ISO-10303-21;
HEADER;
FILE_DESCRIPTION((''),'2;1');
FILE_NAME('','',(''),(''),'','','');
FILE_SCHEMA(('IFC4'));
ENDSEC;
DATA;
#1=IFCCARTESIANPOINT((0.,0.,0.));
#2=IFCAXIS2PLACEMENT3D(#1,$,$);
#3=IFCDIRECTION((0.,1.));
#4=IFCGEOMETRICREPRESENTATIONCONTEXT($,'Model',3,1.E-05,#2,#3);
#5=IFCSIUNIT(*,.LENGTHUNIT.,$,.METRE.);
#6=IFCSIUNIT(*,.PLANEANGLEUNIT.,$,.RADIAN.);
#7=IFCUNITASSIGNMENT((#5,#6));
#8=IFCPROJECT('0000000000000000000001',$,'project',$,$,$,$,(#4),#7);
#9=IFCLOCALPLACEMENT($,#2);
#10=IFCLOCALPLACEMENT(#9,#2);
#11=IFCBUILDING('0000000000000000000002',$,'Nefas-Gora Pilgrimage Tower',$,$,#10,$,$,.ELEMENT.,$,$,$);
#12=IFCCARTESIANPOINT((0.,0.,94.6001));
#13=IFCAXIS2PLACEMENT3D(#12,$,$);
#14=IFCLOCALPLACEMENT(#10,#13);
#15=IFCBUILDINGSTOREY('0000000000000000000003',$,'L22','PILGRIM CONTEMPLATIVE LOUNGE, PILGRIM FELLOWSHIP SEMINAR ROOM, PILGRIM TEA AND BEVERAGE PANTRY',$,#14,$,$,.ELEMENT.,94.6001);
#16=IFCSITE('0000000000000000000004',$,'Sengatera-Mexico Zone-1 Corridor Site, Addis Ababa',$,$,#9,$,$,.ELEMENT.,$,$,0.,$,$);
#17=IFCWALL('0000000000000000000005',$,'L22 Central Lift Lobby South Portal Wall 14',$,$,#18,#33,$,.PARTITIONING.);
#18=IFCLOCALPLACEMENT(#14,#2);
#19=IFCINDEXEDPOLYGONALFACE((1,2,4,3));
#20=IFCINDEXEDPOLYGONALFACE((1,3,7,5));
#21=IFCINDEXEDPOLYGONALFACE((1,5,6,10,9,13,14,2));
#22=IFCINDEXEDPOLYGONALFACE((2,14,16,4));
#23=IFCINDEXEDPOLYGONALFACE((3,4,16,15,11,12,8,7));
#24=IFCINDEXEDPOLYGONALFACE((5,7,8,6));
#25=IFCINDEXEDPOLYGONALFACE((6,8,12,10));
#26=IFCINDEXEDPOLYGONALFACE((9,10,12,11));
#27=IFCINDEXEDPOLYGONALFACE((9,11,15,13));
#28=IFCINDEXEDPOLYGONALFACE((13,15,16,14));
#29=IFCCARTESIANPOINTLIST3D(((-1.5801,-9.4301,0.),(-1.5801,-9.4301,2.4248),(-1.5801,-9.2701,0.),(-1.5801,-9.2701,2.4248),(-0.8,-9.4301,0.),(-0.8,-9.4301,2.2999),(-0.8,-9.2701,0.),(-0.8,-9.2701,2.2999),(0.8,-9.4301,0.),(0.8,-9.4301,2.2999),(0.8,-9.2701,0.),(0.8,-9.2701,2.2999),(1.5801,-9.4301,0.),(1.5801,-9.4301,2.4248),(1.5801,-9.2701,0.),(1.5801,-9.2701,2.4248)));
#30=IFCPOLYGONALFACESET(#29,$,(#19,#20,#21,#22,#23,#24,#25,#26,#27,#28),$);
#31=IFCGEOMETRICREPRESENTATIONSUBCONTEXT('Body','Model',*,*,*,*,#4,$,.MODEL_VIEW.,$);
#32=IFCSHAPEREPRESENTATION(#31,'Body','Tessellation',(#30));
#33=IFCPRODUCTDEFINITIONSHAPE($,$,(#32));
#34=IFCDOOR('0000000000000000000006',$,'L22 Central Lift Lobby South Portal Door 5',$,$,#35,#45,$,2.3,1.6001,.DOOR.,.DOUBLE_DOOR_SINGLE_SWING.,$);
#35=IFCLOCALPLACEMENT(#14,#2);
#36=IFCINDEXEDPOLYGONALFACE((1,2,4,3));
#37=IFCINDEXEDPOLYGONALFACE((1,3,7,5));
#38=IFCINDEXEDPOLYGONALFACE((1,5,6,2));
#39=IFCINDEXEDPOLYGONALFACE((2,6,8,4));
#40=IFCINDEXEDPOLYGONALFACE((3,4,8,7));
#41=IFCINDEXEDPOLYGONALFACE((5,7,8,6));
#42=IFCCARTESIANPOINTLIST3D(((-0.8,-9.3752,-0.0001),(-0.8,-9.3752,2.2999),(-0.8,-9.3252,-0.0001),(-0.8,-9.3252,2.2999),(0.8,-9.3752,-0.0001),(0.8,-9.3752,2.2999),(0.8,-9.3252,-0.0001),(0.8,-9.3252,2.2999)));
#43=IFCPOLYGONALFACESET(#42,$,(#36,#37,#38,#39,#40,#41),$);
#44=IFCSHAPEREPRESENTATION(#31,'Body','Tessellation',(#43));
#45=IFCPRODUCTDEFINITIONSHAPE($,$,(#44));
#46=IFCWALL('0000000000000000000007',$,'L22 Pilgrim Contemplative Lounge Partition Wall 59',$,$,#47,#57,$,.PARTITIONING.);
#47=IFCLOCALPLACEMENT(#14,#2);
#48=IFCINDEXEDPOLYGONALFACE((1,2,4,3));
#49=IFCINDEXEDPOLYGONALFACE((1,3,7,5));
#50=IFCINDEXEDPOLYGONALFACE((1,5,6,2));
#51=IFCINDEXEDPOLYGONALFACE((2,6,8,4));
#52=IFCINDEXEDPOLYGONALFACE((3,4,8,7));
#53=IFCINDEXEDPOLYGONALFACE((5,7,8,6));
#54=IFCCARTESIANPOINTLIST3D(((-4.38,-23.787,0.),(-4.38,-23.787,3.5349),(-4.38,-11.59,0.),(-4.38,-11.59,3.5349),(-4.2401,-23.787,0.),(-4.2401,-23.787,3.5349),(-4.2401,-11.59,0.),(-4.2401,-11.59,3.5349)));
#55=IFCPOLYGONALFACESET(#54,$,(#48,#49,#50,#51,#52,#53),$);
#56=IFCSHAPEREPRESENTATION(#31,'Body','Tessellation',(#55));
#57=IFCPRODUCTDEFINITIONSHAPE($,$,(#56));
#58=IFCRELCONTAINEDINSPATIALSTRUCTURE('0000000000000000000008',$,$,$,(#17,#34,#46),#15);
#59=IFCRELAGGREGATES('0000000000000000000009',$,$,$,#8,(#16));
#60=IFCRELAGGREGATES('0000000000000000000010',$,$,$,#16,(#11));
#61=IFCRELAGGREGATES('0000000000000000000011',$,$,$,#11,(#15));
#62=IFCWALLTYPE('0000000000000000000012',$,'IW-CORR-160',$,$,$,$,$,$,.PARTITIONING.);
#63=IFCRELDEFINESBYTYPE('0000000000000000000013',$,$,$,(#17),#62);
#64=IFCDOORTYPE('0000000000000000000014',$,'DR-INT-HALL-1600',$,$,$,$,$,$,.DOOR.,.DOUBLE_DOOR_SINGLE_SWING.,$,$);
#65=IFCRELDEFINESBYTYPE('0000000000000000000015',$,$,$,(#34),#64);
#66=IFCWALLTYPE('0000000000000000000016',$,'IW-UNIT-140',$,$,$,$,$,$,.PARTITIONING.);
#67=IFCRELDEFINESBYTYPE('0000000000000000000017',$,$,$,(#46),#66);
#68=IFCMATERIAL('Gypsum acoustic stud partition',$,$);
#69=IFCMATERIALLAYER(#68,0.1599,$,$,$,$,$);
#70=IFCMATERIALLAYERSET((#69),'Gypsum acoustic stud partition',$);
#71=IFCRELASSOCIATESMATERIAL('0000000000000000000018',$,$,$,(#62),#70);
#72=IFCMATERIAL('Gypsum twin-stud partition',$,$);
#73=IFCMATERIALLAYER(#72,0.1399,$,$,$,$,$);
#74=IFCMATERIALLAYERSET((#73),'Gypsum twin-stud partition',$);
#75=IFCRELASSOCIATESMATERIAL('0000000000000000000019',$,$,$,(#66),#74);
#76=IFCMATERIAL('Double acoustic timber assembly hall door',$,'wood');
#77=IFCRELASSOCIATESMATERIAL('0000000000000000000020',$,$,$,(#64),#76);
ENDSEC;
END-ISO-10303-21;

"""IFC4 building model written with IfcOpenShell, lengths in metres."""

from ifc_helpers import new_model, si_unit, direction, frame, frame_2d, origin, place, context, subcontext, project, spatial, rectangle, extrude, source, transform, mapped, material, layer, layer_set, type_object, element, fill, save


model = new_model("IFC4")

# Units and contexts
model_context = context("Model", 3, precision=1e-05, world=origin(), true_north=direction((0.0, 1.0)))
body_context = subcontext(model_context, "Body", "Model", "MODEL_VIEW")
ifc_project = project(units=[si_unit("LENGTHUNIT", "METRE"), si_unit("PLANEANGLEUNIT", "RADIAN")], contexts=[model_context])

# Site, building, storey
site_placement = place(None, origin())
site = spatial("IfcSite", under=ifc_project, at=site_placement, Name="Sengatera-Mexico Zone-1 Corridor Site, Addis Ababa", CompositionType="ELEMENT", RefElevation=0.0)
building_placement = place(site_placement, origin())
building = spatial("IfcBuilding", under=site, at=building_placement, Name="Nefas-Gora Pilgrimage Tower", CompositionType="ELEMENT")
storey_placement = place(building_placement, frame((0.0, 0.0, 94.6001)))
storey = spatial("IfcBuildingStorey", under=building, at=storey_placement, Name="L22", Description="PILGRIM CONTEMPLATIVE LOUNGE, PILGRIM FELLOWSHIP SEMINAR ROOM, PILGRIM TEA AND BEVERAGE PANTRY", CompositionType="ELEMENT", Elevation=94.6001)

# Shared definitions
ifc_material_1 = material(Name="Gypsum acoustic stud partition")
ifc_layer_1 = layer(ifc_material_1, 0.1599)
ifc_layer_set_1 = layer_set([ifc_layer_1], Name="Gypsum acoustic stud partition")
wall_type_1 = type_object("IfcWallType", Name="IW-CORR-160", PredefinedType="PARTITIONING", material=ifc_layer_set_1)

# Shared definitions
ifc_material_2 = material(Name="Gypsum twin-stud partition")
ifc_layer_2 = layer(ifc_material_2, 0.1399)
ifc_layer_set_2 = layer_set([ifc_layer_2], Name="Gypsum twin-stud partition")
wall_type_2 = type_object("IfcWallType", Name="IW-UNIT-140", PredefinedType="PARTITIONING", material=ifc_layer_set_2)

# Wall, opening, door
shared_shape_1 = source(origin(), body_context, "Body", "SweptSolid", [
    extrude(rectangle(XDim=3.1602, YDim=0.1599, at=frame_2d((1.5801, 0.0))), origin(), (0.0, 0.0, 1.0), 2.4248),
])
wall_1_placement = place(storey_placement, frame((-1.5801, -9.3501, 0.0), z_axis=(0.0, 0.0, 1.0), x_axis=(1.0, 0.0, 0.0)))
wall_1 = element("IfcWall", 1, at=wall_1_placement, inside=storey, type_object=wall_type_1, Name="L22 Central Lift Lobby South Portal Wall 14", PredefinedType="PARTITIONING", context=body_context, shape_type="MappedRepresentation", body=[
    mapped(shared_shape_1, transform((0.0, 0.0, 0.0), x_axis=(1.0, 0.0, 0.0), y_axis=(0.0, 1.0, 0.0), z_axis=(0.0, 0.0, 1.0), scale=1.0)),
])
opening_1_placement = place(wall_1_placement, frame((0.78, 0.0, 0.0)))
opening_1 = element("IfcOpeningElement", 2, at=opening_1_placement, cuts=wall_1, PredefinedType="OPENING", context=body_context, shape_type="SweptSolid", body=[
    extrude(rectangle(XDim=1.6001, YDim=2.3, at=frame_2d((0.8, 1.1499))), frame((0.0, 0.0898, 0.0), z_axis=(0.0, -1.0, 0.0), x_axis=(1.0, 0.0, 0.0)), (0.0, 0.0, 1.0), 0.1799),
])
ifc_material_3 = material(Name="Double acoustic timber assembly hall door", Category="wood")
door_type_1 = type_object("IfcDoorType", Name="DR-INT-HALL-1600", OperationType="DOUBLE_DOOR_SINGLE_SWING", PredefinedType="DOOR", material=ifc_material_3)
shared_shape_2 = source(origin(), body_context, "Body", "SweptSolid", [
    extrude(rectangle(XDim=1.6001, YDim=2.3, at=frame_2d((0.8, 1.1499))), frame((0.0, 0.0249, 0.0), z_axis=(0.0, -1.0, 0.0), x_axis=(1.0, 0.0, 0.0)), (0.0, 0.0, 1.0), 0.05),
])
door_1_placement = place(opening_1_placement, origin())
door_1 = element("IfcDoor", 3, at=door_1_placement, inside=storey, type_object=door_type_1, Name="L22 Central Lift Lobby South Portal Door 5", OperationType="DOUBLE_DOOR_SINGLE_SWING", OverallHeight=2.3, OverallWidth=1.6001, PredefinedType="DOOR", context=body_context, shape_type="MappedRepresentation", body=[
    mapped(shared_shape_2, transform((0.0, 0.0, 0.0), x_axis=(1.0, 0.0, 0.0), y_axis=(0.0, 1.0, 0.0), z_axis=(0.0, 0.0, 1.0), scale=1.0)),
])
fill(opening_1, door_1)

# Wall
shared_shape_3 = source(origin(), body_context, "Body", "SweptSolid", [
    extrude(rectangle(XDim=12.197, YDim=0.1399, at=frame_2d((6.0986, 0.0))), origin(), (0.0, 0.0, 1.0), 3.5349),
])
wall_2_placement = place(storey_placement, frame((-4.3101, -23.7871, 0.0), z_axis=(0.0, 0.0, 1.0), x_axis=(0.0, 1.0, 0.0)))
element("IfcWall", 4, at=wall_2_placement, inside=storey, type_object=wall_type_2, Name="L22 Pilgrim Contemplative Lounge Partition Wall 59", PredefinedType="PARTITIONING", context=body_context, shape_type="MappedRepresentation", body=[
    mapped(shared_shape_3, transform((0.0, 0.0, 0.0), x_axis=(1.0, 0.0, 0.0), y_axis=(0.0, 1.0, 0.0), z_axis=(0.0, 0.0, 1.0), scale=1.0)),
])

save(model, "model.ifc")
